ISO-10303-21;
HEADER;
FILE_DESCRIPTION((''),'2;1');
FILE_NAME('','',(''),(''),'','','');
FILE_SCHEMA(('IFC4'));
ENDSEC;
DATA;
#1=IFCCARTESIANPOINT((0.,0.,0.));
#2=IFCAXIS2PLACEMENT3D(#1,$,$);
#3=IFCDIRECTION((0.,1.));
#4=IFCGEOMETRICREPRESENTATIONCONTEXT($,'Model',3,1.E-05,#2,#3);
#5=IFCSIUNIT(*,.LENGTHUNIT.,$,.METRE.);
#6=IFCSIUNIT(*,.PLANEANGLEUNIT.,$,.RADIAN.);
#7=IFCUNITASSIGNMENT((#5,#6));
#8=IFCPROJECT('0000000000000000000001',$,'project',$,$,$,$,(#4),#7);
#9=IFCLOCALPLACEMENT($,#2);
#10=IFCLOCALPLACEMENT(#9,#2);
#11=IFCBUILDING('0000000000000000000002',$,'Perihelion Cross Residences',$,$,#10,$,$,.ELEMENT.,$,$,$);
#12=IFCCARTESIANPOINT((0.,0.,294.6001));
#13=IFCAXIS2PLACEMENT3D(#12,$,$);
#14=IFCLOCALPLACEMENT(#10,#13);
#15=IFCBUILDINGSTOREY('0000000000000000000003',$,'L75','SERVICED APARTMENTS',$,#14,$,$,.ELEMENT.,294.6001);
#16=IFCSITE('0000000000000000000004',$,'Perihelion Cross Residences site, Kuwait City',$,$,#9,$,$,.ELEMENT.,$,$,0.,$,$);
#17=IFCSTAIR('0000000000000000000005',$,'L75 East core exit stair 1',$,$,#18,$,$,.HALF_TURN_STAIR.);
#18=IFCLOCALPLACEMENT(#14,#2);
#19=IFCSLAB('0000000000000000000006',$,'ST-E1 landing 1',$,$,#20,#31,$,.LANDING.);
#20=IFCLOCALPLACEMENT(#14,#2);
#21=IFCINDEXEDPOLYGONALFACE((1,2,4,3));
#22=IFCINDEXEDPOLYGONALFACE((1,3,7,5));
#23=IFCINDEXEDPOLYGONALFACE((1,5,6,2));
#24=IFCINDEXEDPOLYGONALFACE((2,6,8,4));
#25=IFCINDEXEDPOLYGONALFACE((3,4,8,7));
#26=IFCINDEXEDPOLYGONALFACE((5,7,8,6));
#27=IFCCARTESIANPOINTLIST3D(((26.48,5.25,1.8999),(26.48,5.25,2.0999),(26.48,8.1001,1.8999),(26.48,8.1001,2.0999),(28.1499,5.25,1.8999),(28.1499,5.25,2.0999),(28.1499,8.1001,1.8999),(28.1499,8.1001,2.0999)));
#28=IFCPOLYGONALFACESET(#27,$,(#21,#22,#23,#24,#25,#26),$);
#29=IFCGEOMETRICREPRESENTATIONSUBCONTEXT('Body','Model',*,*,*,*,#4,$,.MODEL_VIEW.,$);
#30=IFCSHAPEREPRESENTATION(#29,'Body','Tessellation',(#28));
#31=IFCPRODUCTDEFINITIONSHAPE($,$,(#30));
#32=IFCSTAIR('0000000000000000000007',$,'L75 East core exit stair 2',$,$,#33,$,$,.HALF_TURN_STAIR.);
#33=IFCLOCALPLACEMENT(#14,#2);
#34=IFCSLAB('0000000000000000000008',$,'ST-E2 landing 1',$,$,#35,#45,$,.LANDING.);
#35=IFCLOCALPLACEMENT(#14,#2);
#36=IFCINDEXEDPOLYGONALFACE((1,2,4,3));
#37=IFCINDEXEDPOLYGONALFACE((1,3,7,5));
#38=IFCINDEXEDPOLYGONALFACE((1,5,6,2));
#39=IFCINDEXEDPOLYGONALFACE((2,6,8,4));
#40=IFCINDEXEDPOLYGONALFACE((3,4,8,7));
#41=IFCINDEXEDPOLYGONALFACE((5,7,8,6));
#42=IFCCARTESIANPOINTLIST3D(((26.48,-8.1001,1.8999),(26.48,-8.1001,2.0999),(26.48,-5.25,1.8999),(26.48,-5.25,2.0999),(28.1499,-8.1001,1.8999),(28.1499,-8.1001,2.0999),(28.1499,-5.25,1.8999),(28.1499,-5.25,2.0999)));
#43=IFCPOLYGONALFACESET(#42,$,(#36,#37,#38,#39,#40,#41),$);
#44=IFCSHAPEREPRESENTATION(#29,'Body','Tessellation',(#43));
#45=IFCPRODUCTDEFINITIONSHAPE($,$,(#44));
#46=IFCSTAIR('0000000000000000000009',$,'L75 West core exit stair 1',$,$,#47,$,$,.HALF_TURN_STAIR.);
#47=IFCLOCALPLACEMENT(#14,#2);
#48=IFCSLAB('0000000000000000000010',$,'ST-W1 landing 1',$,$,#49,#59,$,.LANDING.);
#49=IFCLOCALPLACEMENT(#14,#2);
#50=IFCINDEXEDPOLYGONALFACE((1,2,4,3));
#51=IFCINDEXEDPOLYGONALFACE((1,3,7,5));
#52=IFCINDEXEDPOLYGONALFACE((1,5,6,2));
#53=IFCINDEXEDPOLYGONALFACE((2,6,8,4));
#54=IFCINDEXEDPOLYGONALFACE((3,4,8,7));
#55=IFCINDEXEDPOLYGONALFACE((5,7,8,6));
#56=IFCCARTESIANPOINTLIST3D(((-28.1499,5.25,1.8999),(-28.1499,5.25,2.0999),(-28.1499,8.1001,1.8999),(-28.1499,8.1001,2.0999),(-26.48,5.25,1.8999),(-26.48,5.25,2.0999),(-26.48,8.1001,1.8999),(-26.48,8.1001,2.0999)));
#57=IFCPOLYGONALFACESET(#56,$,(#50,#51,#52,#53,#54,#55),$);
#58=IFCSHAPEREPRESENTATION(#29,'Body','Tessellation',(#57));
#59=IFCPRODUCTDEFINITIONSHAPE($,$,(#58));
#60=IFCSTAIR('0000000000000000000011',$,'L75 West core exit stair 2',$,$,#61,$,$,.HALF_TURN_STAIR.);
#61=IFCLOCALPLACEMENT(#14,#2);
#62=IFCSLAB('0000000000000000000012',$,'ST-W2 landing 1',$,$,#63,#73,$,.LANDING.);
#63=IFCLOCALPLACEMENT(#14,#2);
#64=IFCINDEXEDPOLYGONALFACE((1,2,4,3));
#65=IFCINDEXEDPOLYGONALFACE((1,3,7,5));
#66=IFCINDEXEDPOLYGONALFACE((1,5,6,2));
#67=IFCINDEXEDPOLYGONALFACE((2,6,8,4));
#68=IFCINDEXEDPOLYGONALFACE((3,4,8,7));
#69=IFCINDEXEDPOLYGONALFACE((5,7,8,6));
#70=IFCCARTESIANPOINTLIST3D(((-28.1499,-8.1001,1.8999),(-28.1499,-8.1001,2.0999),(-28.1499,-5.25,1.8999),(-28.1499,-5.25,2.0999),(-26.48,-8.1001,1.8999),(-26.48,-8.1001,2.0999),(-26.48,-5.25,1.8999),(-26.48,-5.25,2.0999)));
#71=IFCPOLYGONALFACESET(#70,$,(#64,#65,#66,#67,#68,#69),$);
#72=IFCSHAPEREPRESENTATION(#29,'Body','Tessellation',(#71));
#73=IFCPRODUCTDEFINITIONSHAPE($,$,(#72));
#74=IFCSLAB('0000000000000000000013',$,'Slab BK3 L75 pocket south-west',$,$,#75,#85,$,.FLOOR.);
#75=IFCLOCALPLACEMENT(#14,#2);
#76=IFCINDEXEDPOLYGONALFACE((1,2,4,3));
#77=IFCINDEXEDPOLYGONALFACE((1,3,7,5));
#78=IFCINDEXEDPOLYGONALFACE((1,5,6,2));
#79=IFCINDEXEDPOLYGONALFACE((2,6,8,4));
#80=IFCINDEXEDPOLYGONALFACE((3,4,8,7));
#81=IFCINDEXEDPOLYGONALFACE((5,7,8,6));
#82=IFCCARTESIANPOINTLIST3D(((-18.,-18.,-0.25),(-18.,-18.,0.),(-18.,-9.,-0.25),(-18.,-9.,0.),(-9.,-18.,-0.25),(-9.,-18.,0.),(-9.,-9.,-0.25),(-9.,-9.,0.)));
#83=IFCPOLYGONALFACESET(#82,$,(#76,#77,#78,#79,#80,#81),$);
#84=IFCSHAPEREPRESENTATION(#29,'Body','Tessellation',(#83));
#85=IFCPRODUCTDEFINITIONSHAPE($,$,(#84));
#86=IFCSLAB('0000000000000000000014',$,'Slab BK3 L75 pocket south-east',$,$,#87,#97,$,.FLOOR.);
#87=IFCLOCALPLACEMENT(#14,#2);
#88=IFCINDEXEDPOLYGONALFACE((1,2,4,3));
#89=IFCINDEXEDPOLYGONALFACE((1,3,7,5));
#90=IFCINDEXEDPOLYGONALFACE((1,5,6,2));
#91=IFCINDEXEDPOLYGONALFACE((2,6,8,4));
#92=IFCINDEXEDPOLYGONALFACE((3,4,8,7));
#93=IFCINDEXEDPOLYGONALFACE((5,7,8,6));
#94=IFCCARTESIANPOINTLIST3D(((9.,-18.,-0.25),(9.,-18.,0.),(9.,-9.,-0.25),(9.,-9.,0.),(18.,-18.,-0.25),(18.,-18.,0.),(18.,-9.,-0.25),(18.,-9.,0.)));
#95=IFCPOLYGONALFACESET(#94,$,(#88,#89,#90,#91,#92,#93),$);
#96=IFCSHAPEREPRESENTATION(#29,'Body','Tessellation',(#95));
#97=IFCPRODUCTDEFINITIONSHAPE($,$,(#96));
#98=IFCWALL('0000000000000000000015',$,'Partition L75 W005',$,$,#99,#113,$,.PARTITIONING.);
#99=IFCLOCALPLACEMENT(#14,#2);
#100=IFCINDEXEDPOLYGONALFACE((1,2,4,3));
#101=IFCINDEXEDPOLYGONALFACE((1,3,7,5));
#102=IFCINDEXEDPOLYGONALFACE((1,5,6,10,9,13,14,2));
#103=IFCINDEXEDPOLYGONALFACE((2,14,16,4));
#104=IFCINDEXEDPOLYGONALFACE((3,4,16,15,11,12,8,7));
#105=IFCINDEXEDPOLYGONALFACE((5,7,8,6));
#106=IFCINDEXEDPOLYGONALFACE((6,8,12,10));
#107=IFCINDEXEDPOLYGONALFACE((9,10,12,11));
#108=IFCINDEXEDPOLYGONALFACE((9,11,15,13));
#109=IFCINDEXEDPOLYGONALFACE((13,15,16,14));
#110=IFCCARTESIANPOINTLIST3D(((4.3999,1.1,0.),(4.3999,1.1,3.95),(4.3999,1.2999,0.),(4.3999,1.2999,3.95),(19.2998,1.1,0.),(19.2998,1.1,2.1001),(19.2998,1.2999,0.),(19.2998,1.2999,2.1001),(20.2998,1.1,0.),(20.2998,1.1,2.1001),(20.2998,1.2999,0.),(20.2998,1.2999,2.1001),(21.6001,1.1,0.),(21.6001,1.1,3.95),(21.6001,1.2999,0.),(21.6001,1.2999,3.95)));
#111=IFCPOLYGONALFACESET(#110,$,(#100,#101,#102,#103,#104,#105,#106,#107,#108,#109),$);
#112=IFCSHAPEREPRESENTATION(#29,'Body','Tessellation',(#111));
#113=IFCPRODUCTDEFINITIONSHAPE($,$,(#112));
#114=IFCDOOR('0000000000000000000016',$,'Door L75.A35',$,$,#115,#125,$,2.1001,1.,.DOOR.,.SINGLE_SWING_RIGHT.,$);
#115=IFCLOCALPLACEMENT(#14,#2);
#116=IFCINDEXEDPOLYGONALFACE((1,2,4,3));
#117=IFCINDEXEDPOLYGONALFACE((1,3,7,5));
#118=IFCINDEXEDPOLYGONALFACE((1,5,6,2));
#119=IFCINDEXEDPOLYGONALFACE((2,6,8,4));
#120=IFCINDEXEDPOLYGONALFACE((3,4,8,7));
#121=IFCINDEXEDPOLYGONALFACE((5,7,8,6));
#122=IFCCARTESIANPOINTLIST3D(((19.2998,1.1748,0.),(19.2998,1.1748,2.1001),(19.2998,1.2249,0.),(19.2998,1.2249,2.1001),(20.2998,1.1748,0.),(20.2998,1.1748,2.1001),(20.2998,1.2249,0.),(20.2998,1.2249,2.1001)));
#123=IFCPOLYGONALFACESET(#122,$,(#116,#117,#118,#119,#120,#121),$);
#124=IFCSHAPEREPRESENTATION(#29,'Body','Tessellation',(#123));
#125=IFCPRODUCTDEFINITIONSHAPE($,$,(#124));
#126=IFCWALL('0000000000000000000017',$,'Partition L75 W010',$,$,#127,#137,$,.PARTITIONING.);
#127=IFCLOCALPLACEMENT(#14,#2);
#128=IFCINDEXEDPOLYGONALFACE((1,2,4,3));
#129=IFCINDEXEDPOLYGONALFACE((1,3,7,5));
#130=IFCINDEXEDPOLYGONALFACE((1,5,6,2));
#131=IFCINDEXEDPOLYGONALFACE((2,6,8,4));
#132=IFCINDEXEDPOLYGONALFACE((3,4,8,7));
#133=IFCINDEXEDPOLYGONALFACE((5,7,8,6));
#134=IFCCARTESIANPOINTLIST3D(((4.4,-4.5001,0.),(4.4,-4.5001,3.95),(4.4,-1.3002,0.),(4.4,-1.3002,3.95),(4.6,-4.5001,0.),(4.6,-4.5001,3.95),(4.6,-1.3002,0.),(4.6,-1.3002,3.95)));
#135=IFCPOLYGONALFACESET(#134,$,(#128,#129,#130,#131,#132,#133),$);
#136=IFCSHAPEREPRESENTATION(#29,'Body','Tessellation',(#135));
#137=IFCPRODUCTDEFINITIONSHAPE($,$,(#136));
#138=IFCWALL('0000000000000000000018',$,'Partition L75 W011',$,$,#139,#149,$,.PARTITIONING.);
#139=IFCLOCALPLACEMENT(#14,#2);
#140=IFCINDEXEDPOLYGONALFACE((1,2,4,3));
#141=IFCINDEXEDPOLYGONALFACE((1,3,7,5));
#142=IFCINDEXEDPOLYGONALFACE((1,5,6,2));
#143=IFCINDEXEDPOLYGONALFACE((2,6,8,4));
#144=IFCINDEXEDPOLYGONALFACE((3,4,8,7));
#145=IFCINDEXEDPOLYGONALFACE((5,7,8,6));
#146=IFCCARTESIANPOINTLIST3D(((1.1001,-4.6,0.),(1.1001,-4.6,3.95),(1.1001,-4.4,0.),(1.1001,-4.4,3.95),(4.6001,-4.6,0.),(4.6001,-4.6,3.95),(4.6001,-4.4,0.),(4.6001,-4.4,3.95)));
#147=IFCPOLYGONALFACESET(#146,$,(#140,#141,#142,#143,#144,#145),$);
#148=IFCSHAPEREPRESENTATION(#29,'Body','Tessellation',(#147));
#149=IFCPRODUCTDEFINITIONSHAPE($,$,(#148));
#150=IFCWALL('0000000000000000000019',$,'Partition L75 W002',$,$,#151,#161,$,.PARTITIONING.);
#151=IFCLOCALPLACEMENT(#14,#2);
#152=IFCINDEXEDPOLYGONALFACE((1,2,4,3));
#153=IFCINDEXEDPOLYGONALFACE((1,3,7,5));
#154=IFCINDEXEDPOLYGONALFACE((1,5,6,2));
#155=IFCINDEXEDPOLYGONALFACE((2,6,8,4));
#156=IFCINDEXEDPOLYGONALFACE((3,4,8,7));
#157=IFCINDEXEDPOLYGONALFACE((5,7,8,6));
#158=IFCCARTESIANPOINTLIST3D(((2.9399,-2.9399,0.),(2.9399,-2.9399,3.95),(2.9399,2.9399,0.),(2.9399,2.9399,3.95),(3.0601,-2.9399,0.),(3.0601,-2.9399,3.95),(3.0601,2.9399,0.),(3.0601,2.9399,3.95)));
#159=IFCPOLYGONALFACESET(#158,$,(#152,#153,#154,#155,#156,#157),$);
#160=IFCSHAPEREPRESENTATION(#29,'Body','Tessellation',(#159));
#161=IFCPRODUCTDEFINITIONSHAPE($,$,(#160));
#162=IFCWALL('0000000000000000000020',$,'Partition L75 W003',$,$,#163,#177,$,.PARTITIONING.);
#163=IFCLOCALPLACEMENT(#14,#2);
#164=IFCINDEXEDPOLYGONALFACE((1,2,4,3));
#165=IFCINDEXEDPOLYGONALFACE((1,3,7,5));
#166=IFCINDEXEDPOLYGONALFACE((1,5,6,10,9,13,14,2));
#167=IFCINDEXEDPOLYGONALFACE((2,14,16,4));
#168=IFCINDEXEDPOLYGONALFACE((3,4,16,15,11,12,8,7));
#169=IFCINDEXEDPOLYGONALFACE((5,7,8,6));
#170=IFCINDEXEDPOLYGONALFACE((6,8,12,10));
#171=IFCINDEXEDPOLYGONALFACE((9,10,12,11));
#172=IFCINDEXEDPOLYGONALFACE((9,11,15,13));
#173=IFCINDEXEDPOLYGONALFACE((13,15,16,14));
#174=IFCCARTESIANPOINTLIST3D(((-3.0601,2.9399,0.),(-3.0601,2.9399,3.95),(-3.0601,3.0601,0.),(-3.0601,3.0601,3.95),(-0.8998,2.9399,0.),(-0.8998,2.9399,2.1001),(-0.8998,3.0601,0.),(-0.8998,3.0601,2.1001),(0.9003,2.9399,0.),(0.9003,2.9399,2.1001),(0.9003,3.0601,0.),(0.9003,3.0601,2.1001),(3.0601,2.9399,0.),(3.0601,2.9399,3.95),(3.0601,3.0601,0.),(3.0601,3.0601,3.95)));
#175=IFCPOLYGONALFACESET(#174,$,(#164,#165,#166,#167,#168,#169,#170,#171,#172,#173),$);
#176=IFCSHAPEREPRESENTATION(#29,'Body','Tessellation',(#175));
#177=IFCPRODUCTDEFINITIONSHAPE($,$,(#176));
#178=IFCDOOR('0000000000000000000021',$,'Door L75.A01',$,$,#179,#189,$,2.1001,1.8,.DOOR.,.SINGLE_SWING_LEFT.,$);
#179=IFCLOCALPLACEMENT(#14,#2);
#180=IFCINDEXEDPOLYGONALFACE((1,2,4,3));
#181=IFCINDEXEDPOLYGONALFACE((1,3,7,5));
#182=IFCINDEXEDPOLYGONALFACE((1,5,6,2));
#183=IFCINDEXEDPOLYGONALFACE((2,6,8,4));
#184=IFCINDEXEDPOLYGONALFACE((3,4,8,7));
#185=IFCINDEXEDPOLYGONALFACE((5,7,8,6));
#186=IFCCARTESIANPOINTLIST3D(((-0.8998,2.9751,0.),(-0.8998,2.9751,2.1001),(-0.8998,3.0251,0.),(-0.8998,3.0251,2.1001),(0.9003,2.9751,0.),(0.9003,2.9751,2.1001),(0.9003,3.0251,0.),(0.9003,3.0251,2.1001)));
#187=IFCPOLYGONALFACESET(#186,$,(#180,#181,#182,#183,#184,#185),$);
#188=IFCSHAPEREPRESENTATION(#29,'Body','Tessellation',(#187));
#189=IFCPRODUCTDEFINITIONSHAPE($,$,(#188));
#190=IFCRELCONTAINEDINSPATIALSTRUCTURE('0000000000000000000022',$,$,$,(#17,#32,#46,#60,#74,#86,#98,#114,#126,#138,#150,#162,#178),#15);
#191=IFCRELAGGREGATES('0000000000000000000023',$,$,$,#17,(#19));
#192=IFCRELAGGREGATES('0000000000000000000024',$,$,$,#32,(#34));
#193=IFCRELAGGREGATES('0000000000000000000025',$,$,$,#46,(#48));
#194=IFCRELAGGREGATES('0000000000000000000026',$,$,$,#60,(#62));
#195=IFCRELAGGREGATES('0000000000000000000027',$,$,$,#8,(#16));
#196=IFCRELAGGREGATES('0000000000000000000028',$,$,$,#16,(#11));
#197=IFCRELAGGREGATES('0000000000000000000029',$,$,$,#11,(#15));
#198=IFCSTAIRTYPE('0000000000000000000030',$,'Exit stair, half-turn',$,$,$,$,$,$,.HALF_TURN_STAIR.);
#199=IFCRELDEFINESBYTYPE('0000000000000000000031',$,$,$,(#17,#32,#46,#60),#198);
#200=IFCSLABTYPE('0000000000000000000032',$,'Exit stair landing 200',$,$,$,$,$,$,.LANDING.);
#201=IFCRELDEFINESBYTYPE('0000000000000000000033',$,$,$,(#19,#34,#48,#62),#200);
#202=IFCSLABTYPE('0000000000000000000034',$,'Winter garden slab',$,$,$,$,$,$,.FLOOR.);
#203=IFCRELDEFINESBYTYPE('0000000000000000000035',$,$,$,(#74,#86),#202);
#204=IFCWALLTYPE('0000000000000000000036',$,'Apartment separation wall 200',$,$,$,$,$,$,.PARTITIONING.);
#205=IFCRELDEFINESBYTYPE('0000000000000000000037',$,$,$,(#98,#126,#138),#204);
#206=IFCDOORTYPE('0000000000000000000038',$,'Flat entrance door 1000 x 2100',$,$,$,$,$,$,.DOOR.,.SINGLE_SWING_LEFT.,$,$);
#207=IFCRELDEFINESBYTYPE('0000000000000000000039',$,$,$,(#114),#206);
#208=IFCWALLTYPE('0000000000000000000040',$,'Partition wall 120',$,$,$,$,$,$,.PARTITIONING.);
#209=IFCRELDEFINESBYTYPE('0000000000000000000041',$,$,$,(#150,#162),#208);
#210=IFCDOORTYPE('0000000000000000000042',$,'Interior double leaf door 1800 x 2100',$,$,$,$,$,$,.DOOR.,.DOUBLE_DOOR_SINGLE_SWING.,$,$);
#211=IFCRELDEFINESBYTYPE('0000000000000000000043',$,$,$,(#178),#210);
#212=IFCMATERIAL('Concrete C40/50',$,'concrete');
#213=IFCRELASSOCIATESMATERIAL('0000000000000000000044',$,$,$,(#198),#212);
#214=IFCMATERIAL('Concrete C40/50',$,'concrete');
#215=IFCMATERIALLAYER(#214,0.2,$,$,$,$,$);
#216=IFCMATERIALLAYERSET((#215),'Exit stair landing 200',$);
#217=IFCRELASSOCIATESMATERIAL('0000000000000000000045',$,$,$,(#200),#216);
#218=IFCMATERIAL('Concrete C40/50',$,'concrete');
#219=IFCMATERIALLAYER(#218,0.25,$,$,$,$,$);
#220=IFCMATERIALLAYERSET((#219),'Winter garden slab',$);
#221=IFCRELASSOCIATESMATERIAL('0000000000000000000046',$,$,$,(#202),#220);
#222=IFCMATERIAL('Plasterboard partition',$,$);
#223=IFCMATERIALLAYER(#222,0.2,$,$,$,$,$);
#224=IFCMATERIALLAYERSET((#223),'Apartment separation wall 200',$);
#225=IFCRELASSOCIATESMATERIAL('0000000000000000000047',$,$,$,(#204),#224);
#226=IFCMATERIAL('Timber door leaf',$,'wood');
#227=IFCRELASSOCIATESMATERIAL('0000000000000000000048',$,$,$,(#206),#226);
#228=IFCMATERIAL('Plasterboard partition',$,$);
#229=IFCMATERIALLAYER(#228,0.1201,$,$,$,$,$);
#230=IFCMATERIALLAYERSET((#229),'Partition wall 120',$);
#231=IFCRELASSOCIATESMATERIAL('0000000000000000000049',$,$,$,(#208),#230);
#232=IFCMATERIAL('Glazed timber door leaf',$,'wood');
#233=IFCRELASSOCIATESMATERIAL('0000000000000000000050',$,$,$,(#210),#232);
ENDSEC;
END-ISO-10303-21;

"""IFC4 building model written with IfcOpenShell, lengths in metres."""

from ifc_helpers import new_model, si_unit, direction, frame, frame_2d, origin, place, context, subcontext, project, spatial, polyline, rectangle, outline, extrude, material, layer, layer_set, type_object, element, fill, aggregate, save


model = new_model("IFC4")

# Units and contexts
model_context = context("Model", 3, precision=1e-05, world=origin(), true_north=direction((0.0, 1.0)))
body_context = subcontext(model_context, "Body", "Model", "MODEL_VIEW")
ifc_project = project(units=[si_unit("LENGTHUNIT", "METRE"), si_unit("PLANEANGLEUNIT", "RADIAN")], contexts=[model_context])

# Site, building, storey
site_placement = place(None, origin())
site = spatial("IfcSite", under=ifc_project, at=site_placement, Name="Perihelion Cross Residences site, Kuwait City", CompositionType="ELEMENT", RefElevation=0.0)
building_placement = place(site_placement, origin())
building = spatial("IfcBuilding", under=site, at=building_placement, Name="Perihelion Cross Residences", CompositionType="ELEMENT")
storey_placement = place(building_placement, frame((0.0, 0.0, 294.6001)))
storey = spatial("IfcBuildingStorey", under=building, at=storey_placement, Name="L75", Description="SERVICED APARTMENTS", CompositionType="ELEMENT", Elevation=294.6001)

# Stairs, slabs
ifc_material_1 = material(Name="Concrete C40/50", Category="concrete")
stair_type = type_object("IfcStairType", Name="Exit stair, half-turn", PredefinedType="HALF_TURN_STAIR", material=ifc_material_1)
stair_1_placement = place(storey_placement, origin())
stair_1 = element("IfcStair", 1, at=stair_1_placement, inside=storey, type_object=stair_type, Name="L75 East core exit stair 1", PredefinedType="HALF_TURN_STAIR")
ifc_material_2 = material(Name="Concrete C40/50", Category="concrete")
ifc_layer_1 = layer(ifc_material_2, 0.2)
ifc_layer_set_1 = layer_set([ifc_layer_1], Name="Exit stair landing 200")
slab_type_1 = type_object("IfcSlabType", Name="Exit stair landing 200", PredefinedType="LANDING", material=ifc_layer_set_1)
slab_1_placement = place(storey_placement, frame((0.0, 0.0, 1.8999)))
slab_1 = element("IfcSlab", 2, at=slab_1_placement, type_object=slab_type_1, Name="ST-E1 landing 1", PredefinedType="LANDING", context=body_context, shape_type="SweptSolid", body=[
    extrude(outline(polyline([(26.48, 5.25), (28.1499, 5.25), (28.1499, 8.1001), (26.48, 8.1001), (26.48, 5.25)])), origin(), (0.0, 0.0, 1.0), 0.2),
])
aggregate(stair_1, [slab_1])
stair_2_placement = place(storey_placement, origin())
stair_2 = element("IfcStair", 3, at=stair_2_placement, inside=storey, type_object=stair_type, Name="L75 East core exit stair 2", PredefinedType="HALF_TURN_STAIR")
slab_2_placement = place(storey_placement, frame((0.0, 0.0, 1.8999)))
slab_2 = element("IfcSlab", 4, at=slab_2_placement, type_object=slab_type_1, Name="ST-E2 landing 1", PredefinedType="LANDING", context=body_context, shape_type="SweptSolid", body=[
    extrude(outline(polyline([(26.48, -8.1001), (28.1499, -8.1001), (28.1499, -5.25), (26.48, -5.25), (26.48, -8.1001)])), origin(), (0.0, 0.0, 1.0), 0.2),
])
aggregate(stair_2, [slab_2])
stair_3_placement = place(storey_placement, origin())
stair_3 = element("IfcStair", 5, at=stair_3_placement, inside=storey, type_object=stair_type, Name="L75 West core exit stair 1", PredefinedType="HALF_TURN_STAIR")
slab_3_placement = place(storey_placement, frame((0.0, 0.0, 1.8999)))
slab_3 = element("IfcSlab", 6, at=slab_3_placement, type_object=slab_type_1, Name="ST-W1 landing 1", PredefinedType="LANDING", context=body_context, shape_type="SweptSolid", body=[
    extrude(outline(polyline([(-26.48, 8.1001), (-28.1499, 8.1001), (-28.1499, 5.25), (-26.48, 5.25), (-26.48, 8.1001)])), origin(), (0.0, 0.0, 1.0), 0.2),
])
aggregate(stair_3, [slab_3])
stair_4_placement = place(storey_placement, origin())
stair_4 = element("IfcStair", 7, at=stair_4_placement, inside=storey, type_object=stair_type, Name="L75 West core exit stair 2", PredefinedType="HALF_TURN_STAIR")
slab_4_placement = place(storey_placement, frame((0.0, 0.0, 1.8999)))
slab_4 = element("IfcSlab", 8, at=slab_4_placement, type_object=slab_type_1, Name="ST-W2 landing 1", PredefinedType="LANDING", context=body_context, shape_type="SweptSolid", body=[
    extrude(outline(polyline([(-26.48, -5.25), (-28.1499, -5.25), (-28.1499, -8.1001), (-26.48, -8.1001), (-26.48, -5.25)])), origin(), (0.0, 0.0, 1.0), 0.2),
])
aggregate(stair_4, [slab_4])

# Slabs
ifc_material_3 = material(Name="Concrete C40/50", Category="concrete")
ifc_layer_2 = layer(ifc_material_3, 0.25)
ifc_layer_set_2 = layer_set([ifc_layer_2], Name="Winter garden slab")
slab_type_2 = type_object("IfcSlabType", Name="Winter garden slab", PredefinedType="FLOOR", material=ifc_layer_set_2)
slab_5_placement = place(storey_placement, frame((0.0, 0.0, -0.25)))
element("IfcSlab", 9, at=slab_5_placement, inside=storey, type_object=slab_type_2, Name="Slab BK3 L75 pocket south-west", PredefinedType="FLOOR", context=body_context, shape_type="SweptSolid", body=[
    extrude(outline(polyline([(-9.0, -18.0), (-9.0, -9.0), (-18.0, -9.0), (-18.0, -18.0), (-9.0, -18.0)])), origin(), (0.0, 0.0, 1.0), 0.25),
])
slab_6_placement = place(storey_placement, frame((0.0, 0.0, -0.25)))
element("IfcSlab", 10, at=slab_6_placement, inside=storey, type_object=slab_type_2, Name="Slab BK3 L75 pocket south-east", PredefinedType="FLOOR", context=body_context, shape_type="SweptSolid", body=[
    extrude(outline(polyline([(18.0, -18.0), (18.0, -9.0), (9.0, -9.0), (9.0, -18.0), (18.0, -18.0)])), origin(), (0.0, 0.0, 1.0), 0.25),
])

# Wall, opening, door
ifc_material_4 = material(Name="Plasterboard partition")
ifc_layer_3 = layer(ifc_material_4, 0.2)
ifc_layer_set_3 = layer_set([ifc_layer_3], Name="Apartment separation wall 200")
wall_type_1 = type_object("IfcWallType", Name="Apartment separation wall 200", PredefinedType="PARTITIONING", material=ifc_layer_set_3)
wall_1_placement = place(storey_placement, frame((4.3999, 1.2, 0.0), z_axis=(0.0, 0.0, 1.0), x_axis=(1.0, 0.0, 0.0)))
wall_1 = element("IfcWall", 11, at=wall_1_placement, inside=storey, type_object=wall_type_1, Name="Partition L75 W005", PredefinedType="PARTITIONING", context=body_context, shape_type="SweptSolid", body=[
    extrude(rectangle(XDim=17.2002, YDim=0.2, at=frame_2d((8.6001, 0.0))), origin(), (0.0, 0.0, 1.0), 3.95),
])
opening_1_placement = place(wall_1_placement, frame((14.8999, 0.0, 0.0)))
opening_1 = element("IfcOpeningElement", 12, at=opening_1_placement, cuts=wall_1, PredefinedType="OPENING", context=body_context, shape_type="SweptSolid", body=[
    extrude(rectangle(XDim=1.0, YDim=2.1001, at=frame_2d((0.5, 1.05))), frame((0.0, 0.1099, 0.0), z_axis=(0.0, -1.0, 0.0), x_axis=(1.0, 0.0, 0.0)), (0.0, 0.0, 1.0), 0.22),
])
ifc_material_5 = material(Name="Timber door leaf", Category="wood")
door_type_1 = type_object("IfcDoorType", Name="Flat entrance door 1000 x 2100", OperationType="SINGLE_SWING_LEFT", PredefinedType="DOOR", material=ifc_material_5)
door_1_placement = place(opening_1_placement, origin())
door_1 = element("IfcDoor", 13, at=door_1_placement, inside=storey, type_object=door_type_1, Name="Door L75.A35", OperationType="SINGLE_SWING_RIGHT", OverallHeight=2.1001, OverallWidth=1.0, PredefinedType="DOOR", context=body_context, shape_type="SweptSolid", body=[
    extrude(rectangle(XDim=1.0, YDim=2.1001, at=frame_2d((0.5, 1.05))), frame((0.0, 0.0249, 0.0), z_axis=(0.0, -1.0, 0.0), x_axis=(1.0, 0.0, 0.0)), (0.0, 0.0, 1.0), 0.05),
])
fill(opening_1, door_1)

# Walls
wall_2_placement = place(storey_placement, frame((4.5, -1.3, 0.0), z_axis=(0.0, 0.0, 1.0), x_axis=(0.0, -1.0, 0.0)))
element("IfcWall", 14, at=wall_2_placement, inside=storey, type_object=wall_type_1, Name="Partition L75 W010", PredefinedType="PARTITIONING", context=body_context, shape_type="SweptSolid", body=[
    extrude(rectangle(XDim=3.2, YDim=0.2, at=frame_2d((1.6001, 0.0))), origin(), (0.0, 0.0, 1.0), 3.95),
])
wall_3_placement = place(storey_placement, frame((4.6001, -4.5, 0.0), z_axis=(0.0, 0.0, 1.0), x_axis=(-1.0, 0.0, 0.0)))
element("IfcWall", 15, at=wall_3_placement, inside=storey, type_object=wall_type_1, Name="Partition L75 W011", PredefinedType="PARTITIONING", context=body_context, shape_type="SweptSolid", body=[
    extrude(rectangle(XDim=3.5, YDim=0.2, at=frame_2d((1.75, 0.0))), origin(), (0.0, 0.0, 1.0), 3.95),
])
ifc_material_6 = material(Name="Plasterboard partition")
ifc_layer_4 = layer(ifc_material_6, 0.1201)
ifc_layer_set_4 = layer_set([ifc_layer_4], Name="Partition wall 120")
wall_type_2 = type_object("IfcWallType", Name="Partition wall 120", PredefinedType="PARTITIONING", material=ifc_layer_set_4)
wall_4_placement = place(storey_placement, frame((3.0, -2.9399, 0.0), z_axis=(0.0, 0.0, 1.0), x_axis=(0.0, 1.0, 0.0)))
element("IfcWall", 16, at=wall_4_placement, inside=storey, type_object=wall_type_2, Name="Partition L75 W002", PredefinedType="PARTITIONING", context=body_context, shape_type="SweptSolid", body=[
    extrude(rectangle(XDim=5.8799, YDim=0.1201, at=frame_2d((2.9399, 0.0))), origin(), (0.0, 0.0, 1.0), 3.95),
])

# Wall, opening, door
wall_5_placement = place(storey_placement, frame((3.0601, 3.0, 0.0), z_axis=(0.0, 0.0, 1.0), x_axis=(-1.0, 0.0, 0.0)))
wall_5 = element("IfcWall", 17, at=wall_5_placement, inside=storey, type_object=wall_type_2, Name="Partition L75 W003", PredefinedType="PARTITIONING", context=body_context, shape_type="SweptSolid", body=[
    extrude(rectangle(XDim=6.1201, YDim=0.1201, at=frame_2d((3.0601, 0.0))), origin(), (0.0, 0.0, 1.0), 3.95),
])
opening_2_placement = place(wall_5_placement, frame((2.1599, 0.0, 0.0)))
opening_2 = element("IfcOpeningElement", 18, at=opening_2_placement, cuts=wall_5, PredefinedType="OPENING", context=body_context, shape_type="SweptSolid", body=[
    extrude(rectangle(XDim=1.8, YDim=2.1001, at=frame_2d((0.8999, 1.05))), frame((0.0, 0.0701, 0.0), z_axis=(0.0, -1.0, 0.0), x_axis=(1.0, 0.0, 0.0)), (0.0, 0.0, 1.0), 0.1401),
])
ifc_material_7 = material(Name="Glazed timber door leaf", Category="wood")
door_type_2 = type_object("IfcDoorType", Name="Interior double leaf door 1800 x 2100", OperationType="DOUBLE_DOOR_SINGLE_SWING", PredefinedType="DOOR", material=ifc_material_7)
door_2_placement = place(opening_2_placement, origin())
door_2 = element("IfcDoor", 19, at=door_2_placement, inside=storey, type_object=door_type_2, Name="Door L75.A01", OperationType="SINGLE_SWING_LEFT", OverallHeight=2.1001, OverallWidth=1.8, PredefinedType="DOOR", context=body_context, shape_type="SweptSolid", body=[
    extrude(rectangle(XDim=1.8, YDim=2.1001, at=frame_2d((0.8999, 1.05))), frame((0.0, 0.0249, 0.0), z_axis=(0.0, -1.0, 0.0), x_axis=(1.0, 0.0, 0.0)), (0.0, 0.0, 1.0), 0.05),
])
fill(opening_2, door_2)

save(model, "model.ifc")
